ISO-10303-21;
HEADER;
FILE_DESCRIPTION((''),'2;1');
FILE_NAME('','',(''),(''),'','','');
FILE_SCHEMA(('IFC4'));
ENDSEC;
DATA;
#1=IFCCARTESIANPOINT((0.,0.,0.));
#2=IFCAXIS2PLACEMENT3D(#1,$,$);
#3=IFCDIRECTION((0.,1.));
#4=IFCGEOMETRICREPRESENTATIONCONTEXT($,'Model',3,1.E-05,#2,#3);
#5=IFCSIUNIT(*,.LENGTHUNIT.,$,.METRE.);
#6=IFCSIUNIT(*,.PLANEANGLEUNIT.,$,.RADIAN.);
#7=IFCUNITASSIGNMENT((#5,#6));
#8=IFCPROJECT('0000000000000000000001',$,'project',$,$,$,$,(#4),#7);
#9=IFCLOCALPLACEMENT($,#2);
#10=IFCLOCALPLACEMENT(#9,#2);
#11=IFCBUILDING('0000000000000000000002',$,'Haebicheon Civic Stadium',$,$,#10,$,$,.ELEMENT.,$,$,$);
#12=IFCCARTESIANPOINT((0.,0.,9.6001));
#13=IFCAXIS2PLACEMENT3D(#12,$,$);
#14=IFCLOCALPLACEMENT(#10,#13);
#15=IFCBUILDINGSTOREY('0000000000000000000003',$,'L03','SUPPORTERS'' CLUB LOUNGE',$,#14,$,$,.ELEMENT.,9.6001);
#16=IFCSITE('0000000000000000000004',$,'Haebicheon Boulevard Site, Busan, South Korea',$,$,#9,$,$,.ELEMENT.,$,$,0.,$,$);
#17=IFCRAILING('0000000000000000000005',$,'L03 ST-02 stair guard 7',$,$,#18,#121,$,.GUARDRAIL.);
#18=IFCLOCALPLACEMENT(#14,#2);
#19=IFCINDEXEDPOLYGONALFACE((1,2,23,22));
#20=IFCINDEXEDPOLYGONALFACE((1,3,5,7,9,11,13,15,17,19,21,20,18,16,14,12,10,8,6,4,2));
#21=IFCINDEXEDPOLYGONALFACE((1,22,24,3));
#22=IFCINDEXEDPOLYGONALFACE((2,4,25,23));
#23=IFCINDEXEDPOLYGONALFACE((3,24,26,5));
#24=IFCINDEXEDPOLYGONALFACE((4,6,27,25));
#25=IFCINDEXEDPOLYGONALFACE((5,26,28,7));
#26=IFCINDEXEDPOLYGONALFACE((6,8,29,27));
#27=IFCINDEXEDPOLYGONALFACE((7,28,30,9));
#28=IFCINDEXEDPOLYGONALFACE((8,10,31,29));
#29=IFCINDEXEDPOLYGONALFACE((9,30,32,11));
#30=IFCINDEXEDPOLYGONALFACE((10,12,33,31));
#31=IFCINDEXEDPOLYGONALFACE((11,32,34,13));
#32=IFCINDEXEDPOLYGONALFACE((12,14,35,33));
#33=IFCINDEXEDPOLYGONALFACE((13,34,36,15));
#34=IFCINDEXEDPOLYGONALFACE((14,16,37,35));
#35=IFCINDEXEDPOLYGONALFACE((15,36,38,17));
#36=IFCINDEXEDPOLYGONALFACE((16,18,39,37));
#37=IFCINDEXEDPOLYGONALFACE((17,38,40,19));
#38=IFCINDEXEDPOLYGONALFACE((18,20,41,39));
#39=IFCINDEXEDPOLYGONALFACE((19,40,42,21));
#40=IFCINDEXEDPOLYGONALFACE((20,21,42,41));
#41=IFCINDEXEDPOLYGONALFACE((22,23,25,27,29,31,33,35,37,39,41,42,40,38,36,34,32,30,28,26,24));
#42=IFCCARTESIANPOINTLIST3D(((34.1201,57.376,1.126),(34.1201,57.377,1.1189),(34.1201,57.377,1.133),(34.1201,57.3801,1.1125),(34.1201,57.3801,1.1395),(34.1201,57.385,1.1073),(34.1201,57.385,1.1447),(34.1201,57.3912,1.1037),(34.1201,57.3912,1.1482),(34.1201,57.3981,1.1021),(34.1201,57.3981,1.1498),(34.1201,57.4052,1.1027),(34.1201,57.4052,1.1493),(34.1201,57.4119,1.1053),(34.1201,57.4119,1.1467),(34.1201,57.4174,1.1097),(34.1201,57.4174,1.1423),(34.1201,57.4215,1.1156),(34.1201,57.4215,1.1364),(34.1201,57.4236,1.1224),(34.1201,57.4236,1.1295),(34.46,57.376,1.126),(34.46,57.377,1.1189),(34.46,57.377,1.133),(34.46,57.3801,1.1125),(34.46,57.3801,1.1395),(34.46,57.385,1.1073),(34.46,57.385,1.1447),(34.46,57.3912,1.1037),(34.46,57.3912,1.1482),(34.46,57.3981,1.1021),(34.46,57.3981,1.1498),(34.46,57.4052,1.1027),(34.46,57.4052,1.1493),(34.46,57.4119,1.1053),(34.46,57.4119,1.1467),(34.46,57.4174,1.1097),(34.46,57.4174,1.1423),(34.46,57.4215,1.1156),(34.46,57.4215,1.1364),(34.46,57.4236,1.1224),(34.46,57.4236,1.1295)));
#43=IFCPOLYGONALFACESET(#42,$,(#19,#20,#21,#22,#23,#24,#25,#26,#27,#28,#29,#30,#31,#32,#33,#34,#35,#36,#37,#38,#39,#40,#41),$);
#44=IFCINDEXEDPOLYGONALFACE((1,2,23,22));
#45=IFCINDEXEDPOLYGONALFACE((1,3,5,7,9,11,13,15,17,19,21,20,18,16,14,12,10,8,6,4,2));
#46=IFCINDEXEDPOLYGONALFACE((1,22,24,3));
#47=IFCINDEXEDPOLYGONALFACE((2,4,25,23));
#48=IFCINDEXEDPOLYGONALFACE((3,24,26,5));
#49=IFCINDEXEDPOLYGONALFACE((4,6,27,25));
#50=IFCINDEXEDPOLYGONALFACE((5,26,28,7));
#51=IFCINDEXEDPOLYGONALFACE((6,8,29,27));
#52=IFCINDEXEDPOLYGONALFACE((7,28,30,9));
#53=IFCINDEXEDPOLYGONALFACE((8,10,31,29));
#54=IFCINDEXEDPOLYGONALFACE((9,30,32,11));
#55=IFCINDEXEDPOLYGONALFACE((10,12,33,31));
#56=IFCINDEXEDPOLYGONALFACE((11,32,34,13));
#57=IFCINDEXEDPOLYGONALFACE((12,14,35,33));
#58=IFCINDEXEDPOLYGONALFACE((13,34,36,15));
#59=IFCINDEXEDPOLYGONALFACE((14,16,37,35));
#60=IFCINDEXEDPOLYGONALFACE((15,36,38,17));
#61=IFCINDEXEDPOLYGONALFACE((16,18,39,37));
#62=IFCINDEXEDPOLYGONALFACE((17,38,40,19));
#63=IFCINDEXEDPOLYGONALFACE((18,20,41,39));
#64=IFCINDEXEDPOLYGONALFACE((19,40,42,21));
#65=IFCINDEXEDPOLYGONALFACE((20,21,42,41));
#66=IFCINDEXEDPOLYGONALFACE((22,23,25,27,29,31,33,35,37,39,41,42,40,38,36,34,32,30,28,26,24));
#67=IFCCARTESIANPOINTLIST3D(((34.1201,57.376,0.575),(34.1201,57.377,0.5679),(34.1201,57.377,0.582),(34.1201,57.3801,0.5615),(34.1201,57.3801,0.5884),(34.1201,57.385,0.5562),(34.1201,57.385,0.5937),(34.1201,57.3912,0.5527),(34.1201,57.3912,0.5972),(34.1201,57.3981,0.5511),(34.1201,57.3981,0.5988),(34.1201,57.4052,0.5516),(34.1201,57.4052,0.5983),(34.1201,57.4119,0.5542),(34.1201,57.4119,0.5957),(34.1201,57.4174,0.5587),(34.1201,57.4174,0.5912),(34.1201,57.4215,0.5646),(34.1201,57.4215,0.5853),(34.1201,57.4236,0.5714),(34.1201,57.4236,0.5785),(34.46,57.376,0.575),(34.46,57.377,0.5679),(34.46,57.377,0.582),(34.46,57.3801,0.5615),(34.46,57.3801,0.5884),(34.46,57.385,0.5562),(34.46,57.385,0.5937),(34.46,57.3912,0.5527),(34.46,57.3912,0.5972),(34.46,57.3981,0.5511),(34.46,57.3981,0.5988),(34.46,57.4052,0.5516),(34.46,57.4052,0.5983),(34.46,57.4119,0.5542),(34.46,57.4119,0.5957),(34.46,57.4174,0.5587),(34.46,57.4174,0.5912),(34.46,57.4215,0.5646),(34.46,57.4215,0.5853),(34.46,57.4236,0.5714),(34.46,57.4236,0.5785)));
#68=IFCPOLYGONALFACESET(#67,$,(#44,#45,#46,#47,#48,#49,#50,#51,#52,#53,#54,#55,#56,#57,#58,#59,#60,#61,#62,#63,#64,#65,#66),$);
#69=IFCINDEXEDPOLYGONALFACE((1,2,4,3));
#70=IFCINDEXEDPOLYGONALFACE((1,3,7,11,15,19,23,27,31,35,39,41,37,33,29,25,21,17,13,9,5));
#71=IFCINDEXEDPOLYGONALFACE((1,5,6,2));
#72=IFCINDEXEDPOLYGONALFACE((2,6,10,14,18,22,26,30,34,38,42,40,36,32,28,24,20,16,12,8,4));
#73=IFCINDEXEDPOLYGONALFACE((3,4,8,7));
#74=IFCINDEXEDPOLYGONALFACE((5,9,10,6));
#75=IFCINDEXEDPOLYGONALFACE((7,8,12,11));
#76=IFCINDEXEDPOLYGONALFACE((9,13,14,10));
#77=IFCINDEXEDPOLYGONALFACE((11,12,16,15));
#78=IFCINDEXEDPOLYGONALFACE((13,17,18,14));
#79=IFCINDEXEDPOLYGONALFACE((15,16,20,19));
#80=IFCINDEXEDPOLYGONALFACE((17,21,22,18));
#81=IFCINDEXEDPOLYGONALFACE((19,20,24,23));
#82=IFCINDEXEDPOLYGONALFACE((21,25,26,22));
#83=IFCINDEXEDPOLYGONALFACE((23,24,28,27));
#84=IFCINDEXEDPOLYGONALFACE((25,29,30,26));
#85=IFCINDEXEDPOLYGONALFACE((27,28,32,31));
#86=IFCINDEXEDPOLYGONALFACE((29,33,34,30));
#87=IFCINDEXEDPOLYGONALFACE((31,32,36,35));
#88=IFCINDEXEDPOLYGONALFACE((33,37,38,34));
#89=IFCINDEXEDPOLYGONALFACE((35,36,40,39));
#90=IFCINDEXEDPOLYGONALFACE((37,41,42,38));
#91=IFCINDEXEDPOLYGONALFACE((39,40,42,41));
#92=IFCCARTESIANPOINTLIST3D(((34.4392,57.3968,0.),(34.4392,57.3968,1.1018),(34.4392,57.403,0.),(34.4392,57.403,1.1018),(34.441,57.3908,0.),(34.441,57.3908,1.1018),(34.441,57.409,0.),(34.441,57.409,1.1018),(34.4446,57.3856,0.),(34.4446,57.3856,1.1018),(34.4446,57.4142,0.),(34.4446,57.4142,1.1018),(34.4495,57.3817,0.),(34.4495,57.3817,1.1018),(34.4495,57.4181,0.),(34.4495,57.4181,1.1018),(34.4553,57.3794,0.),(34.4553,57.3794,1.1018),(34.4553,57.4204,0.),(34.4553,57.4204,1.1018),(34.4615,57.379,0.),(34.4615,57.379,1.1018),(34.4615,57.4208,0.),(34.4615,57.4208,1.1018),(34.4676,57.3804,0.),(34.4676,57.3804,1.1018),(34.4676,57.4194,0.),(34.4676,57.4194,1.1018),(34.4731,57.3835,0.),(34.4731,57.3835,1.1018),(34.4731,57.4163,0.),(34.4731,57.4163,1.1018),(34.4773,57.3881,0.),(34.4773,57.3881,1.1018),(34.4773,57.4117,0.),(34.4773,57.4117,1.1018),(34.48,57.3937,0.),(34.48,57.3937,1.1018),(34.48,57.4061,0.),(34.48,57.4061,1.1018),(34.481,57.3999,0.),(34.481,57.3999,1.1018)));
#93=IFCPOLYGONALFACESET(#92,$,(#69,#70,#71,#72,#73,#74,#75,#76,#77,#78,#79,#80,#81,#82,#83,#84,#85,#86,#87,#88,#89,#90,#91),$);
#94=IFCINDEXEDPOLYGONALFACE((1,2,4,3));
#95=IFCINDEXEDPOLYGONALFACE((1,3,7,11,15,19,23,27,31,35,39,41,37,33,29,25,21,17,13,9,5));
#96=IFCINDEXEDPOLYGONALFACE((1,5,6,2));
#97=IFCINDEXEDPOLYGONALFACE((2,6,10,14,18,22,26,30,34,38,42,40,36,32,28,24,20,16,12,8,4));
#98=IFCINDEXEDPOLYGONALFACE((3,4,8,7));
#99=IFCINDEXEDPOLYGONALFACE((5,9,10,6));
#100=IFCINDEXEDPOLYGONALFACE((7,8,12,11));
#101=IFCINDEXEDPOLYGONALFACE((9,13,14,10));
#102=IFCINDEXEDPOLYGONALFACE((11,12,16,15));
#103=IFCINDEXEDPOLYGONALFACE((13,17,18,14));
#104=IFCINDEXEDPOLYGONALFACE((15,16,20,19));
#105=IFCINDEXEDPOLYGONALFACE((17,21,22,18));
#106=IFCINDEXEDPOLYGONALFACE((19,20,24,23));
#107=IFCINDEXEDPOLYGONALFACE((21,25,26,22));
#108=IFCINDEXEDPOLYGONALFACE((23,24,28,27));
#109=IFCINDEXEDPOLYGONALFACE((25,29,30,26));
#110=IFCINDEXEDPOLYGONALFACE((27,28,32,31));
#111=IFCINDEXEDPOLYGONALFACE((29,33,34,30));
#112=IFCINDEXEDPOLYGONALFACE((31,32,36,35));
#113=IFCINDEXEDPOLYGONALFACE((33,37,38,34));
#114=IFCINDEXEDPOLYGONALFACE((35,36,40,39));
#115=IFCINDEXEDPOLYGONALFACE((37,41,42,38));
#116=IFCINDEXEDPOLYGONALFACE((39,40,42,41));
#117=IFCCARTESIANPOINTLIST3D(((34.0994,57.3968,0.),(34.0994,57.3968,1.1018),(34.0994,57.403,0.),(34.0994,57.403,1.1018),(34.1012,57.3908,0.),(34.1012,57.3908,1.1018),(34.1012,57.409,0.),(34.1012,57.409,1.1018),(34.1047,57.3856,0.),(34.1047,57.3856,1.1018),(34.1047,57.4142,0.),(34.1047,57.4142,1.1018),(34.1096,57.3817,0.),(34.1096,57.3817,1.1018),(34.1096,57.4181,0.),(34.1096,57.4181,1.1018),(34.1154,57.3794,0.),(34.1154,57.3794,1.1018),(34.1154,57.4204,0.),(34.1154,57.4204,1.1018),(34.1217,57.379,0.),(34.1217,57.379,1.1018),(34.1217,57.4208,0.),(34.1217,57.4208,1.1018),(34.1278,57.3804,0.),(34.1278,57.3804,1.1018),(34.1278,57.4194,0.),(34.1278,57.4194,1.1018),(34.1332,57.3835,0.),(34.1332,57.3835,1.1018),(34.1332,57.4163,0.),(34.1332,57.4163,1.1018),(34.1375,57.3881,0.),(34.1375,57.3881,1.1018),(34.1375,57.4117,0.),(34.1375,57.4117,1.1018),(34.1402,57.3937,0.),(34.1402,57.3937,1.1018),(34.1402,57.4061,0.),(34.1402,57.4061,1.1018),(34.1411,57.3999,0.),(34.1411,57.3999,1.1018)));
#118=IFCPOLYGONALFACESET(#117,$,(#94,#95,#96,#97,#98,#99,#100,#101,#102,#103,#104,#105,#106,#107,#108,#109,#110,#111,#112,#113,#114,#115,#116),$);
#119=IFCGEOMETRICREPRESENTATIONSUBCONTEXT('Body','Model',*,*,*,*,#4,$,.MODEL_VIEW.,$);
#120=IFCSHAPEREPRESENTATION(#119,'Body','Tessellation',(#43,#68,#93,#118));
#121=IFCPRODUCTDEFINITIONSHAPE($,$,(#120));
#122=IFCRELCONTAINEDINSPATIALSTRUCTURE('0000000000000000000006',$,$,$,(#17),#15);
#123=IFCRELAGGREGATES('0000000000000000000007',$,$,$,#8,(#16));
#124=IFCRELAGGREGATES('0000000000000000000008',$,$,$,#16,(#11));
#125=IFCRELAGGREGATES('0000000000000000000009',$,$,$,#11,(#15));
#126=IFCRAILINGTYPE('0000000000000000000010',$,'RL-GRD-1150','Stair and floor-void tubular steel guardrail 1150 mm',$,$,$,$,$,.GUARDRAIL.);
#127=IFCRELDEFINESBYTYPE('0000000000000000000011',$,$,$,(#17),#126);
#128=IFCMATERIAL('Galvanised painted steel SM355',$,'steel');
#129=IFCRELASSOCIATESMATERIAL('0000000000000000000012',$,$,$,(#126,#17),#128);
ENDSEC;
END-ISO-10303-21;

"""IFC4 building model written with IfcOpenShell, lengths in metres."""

from ifc_helpers import new_model, si_unit, direction, frame, origin, origin_2d, place, context, subcontext, project, spatial, circle, extrude, material, type_object, element, save


model = new_model("IFC4")

# Units and contexts
model_context = context("Model", 3, precision=1e-05, world=origin(), true_north=direction((0.0, 1.0)))
body_context = subcontext(model_context, "Body", "Model", "MODEL_VIEW")
ifc_project = project(units=[si_unit("LENGTHUNIT", "METRE"), si_unit("PLANEANGLEUNIT", "RADIAN")], contexts=[model_context])

# Site, building, storey
site_placement = place(None, origin())
site = spatial("IfcSite", under=ifc_project, at=site_placement, Name="Haebicheon Boulevard Site, Busan, South Korea", CompositionType="ELEMENT", RefElevation=0.0)
building_placement = place(site_placement, origin())
building = spatial("IfcBuilding", under=site, at=building_placement, Name="Haebicheon Civic Stadium", CompositionType="ELEMENT")
storey_placement = place(building_placement, frame((0.0, 0.0, 9.6001)))
storey = spatial("IfcBuildingStorey", under=building, at=storey_placement, Name="L03", Description="SUPPORTERS' CLUB LOUNGE", CompositionType="ELEMENT", Elevation=9.6001)

# Railing
ifc_material_1 = material(Name="Galvanised painted steel SM355", Category="steel")
railing_type_1 = type_object("IfcRailingType", Name="RL-GRD-1150", Description="Stair and floor-void tubular steel guardrail 1150 mm", PredefinedType="GUARDRAIL", material=ifc_material_1)
railing_1_placement = place(storey_placement, frame((34.46, 57.3999, 0.0)))
element("IfcRailing", 1, at=railing_1_placement, inside=storey, type_object=railing_type_1, material=ifc_material_1, Name="L03 ST-02 stair guard 7", PredefinedType="GUARDRAIL", context=body_context, shape_type="SweptSolid", body=[
    extrude(circle(Radius=0.0239, at=origin_2d()), frame((0.0, 0.0, 1.126), z_axis=(-1.0, 0.0, 0.0), x_axis=(0.0, -1.0, 0.0)), (0.0, 0.0, 1.0), 0.3398),
    extrude(circle(Radius=0.0239, at=origin_2d()), frame((0.0, 0.0, 0.575), z_axis=(-1.0, 0.0, 0.0), x_axis=(0.0, -1.0, 0.0)), (0.0, 0.0, 1.0), 0.3398),
    extrude(circle(Radius=0.021, at=origin_2d()), origin(), (0.0, 0.0, 1.0), 1.1018),
    extrude(circle(Radius=0.021, at=origin_2d()), frame((-0.3398, 0.0, 0.0)), (0.0, 0.0, 1.0), 1.1018),
])

save(model, "model.ifc")
